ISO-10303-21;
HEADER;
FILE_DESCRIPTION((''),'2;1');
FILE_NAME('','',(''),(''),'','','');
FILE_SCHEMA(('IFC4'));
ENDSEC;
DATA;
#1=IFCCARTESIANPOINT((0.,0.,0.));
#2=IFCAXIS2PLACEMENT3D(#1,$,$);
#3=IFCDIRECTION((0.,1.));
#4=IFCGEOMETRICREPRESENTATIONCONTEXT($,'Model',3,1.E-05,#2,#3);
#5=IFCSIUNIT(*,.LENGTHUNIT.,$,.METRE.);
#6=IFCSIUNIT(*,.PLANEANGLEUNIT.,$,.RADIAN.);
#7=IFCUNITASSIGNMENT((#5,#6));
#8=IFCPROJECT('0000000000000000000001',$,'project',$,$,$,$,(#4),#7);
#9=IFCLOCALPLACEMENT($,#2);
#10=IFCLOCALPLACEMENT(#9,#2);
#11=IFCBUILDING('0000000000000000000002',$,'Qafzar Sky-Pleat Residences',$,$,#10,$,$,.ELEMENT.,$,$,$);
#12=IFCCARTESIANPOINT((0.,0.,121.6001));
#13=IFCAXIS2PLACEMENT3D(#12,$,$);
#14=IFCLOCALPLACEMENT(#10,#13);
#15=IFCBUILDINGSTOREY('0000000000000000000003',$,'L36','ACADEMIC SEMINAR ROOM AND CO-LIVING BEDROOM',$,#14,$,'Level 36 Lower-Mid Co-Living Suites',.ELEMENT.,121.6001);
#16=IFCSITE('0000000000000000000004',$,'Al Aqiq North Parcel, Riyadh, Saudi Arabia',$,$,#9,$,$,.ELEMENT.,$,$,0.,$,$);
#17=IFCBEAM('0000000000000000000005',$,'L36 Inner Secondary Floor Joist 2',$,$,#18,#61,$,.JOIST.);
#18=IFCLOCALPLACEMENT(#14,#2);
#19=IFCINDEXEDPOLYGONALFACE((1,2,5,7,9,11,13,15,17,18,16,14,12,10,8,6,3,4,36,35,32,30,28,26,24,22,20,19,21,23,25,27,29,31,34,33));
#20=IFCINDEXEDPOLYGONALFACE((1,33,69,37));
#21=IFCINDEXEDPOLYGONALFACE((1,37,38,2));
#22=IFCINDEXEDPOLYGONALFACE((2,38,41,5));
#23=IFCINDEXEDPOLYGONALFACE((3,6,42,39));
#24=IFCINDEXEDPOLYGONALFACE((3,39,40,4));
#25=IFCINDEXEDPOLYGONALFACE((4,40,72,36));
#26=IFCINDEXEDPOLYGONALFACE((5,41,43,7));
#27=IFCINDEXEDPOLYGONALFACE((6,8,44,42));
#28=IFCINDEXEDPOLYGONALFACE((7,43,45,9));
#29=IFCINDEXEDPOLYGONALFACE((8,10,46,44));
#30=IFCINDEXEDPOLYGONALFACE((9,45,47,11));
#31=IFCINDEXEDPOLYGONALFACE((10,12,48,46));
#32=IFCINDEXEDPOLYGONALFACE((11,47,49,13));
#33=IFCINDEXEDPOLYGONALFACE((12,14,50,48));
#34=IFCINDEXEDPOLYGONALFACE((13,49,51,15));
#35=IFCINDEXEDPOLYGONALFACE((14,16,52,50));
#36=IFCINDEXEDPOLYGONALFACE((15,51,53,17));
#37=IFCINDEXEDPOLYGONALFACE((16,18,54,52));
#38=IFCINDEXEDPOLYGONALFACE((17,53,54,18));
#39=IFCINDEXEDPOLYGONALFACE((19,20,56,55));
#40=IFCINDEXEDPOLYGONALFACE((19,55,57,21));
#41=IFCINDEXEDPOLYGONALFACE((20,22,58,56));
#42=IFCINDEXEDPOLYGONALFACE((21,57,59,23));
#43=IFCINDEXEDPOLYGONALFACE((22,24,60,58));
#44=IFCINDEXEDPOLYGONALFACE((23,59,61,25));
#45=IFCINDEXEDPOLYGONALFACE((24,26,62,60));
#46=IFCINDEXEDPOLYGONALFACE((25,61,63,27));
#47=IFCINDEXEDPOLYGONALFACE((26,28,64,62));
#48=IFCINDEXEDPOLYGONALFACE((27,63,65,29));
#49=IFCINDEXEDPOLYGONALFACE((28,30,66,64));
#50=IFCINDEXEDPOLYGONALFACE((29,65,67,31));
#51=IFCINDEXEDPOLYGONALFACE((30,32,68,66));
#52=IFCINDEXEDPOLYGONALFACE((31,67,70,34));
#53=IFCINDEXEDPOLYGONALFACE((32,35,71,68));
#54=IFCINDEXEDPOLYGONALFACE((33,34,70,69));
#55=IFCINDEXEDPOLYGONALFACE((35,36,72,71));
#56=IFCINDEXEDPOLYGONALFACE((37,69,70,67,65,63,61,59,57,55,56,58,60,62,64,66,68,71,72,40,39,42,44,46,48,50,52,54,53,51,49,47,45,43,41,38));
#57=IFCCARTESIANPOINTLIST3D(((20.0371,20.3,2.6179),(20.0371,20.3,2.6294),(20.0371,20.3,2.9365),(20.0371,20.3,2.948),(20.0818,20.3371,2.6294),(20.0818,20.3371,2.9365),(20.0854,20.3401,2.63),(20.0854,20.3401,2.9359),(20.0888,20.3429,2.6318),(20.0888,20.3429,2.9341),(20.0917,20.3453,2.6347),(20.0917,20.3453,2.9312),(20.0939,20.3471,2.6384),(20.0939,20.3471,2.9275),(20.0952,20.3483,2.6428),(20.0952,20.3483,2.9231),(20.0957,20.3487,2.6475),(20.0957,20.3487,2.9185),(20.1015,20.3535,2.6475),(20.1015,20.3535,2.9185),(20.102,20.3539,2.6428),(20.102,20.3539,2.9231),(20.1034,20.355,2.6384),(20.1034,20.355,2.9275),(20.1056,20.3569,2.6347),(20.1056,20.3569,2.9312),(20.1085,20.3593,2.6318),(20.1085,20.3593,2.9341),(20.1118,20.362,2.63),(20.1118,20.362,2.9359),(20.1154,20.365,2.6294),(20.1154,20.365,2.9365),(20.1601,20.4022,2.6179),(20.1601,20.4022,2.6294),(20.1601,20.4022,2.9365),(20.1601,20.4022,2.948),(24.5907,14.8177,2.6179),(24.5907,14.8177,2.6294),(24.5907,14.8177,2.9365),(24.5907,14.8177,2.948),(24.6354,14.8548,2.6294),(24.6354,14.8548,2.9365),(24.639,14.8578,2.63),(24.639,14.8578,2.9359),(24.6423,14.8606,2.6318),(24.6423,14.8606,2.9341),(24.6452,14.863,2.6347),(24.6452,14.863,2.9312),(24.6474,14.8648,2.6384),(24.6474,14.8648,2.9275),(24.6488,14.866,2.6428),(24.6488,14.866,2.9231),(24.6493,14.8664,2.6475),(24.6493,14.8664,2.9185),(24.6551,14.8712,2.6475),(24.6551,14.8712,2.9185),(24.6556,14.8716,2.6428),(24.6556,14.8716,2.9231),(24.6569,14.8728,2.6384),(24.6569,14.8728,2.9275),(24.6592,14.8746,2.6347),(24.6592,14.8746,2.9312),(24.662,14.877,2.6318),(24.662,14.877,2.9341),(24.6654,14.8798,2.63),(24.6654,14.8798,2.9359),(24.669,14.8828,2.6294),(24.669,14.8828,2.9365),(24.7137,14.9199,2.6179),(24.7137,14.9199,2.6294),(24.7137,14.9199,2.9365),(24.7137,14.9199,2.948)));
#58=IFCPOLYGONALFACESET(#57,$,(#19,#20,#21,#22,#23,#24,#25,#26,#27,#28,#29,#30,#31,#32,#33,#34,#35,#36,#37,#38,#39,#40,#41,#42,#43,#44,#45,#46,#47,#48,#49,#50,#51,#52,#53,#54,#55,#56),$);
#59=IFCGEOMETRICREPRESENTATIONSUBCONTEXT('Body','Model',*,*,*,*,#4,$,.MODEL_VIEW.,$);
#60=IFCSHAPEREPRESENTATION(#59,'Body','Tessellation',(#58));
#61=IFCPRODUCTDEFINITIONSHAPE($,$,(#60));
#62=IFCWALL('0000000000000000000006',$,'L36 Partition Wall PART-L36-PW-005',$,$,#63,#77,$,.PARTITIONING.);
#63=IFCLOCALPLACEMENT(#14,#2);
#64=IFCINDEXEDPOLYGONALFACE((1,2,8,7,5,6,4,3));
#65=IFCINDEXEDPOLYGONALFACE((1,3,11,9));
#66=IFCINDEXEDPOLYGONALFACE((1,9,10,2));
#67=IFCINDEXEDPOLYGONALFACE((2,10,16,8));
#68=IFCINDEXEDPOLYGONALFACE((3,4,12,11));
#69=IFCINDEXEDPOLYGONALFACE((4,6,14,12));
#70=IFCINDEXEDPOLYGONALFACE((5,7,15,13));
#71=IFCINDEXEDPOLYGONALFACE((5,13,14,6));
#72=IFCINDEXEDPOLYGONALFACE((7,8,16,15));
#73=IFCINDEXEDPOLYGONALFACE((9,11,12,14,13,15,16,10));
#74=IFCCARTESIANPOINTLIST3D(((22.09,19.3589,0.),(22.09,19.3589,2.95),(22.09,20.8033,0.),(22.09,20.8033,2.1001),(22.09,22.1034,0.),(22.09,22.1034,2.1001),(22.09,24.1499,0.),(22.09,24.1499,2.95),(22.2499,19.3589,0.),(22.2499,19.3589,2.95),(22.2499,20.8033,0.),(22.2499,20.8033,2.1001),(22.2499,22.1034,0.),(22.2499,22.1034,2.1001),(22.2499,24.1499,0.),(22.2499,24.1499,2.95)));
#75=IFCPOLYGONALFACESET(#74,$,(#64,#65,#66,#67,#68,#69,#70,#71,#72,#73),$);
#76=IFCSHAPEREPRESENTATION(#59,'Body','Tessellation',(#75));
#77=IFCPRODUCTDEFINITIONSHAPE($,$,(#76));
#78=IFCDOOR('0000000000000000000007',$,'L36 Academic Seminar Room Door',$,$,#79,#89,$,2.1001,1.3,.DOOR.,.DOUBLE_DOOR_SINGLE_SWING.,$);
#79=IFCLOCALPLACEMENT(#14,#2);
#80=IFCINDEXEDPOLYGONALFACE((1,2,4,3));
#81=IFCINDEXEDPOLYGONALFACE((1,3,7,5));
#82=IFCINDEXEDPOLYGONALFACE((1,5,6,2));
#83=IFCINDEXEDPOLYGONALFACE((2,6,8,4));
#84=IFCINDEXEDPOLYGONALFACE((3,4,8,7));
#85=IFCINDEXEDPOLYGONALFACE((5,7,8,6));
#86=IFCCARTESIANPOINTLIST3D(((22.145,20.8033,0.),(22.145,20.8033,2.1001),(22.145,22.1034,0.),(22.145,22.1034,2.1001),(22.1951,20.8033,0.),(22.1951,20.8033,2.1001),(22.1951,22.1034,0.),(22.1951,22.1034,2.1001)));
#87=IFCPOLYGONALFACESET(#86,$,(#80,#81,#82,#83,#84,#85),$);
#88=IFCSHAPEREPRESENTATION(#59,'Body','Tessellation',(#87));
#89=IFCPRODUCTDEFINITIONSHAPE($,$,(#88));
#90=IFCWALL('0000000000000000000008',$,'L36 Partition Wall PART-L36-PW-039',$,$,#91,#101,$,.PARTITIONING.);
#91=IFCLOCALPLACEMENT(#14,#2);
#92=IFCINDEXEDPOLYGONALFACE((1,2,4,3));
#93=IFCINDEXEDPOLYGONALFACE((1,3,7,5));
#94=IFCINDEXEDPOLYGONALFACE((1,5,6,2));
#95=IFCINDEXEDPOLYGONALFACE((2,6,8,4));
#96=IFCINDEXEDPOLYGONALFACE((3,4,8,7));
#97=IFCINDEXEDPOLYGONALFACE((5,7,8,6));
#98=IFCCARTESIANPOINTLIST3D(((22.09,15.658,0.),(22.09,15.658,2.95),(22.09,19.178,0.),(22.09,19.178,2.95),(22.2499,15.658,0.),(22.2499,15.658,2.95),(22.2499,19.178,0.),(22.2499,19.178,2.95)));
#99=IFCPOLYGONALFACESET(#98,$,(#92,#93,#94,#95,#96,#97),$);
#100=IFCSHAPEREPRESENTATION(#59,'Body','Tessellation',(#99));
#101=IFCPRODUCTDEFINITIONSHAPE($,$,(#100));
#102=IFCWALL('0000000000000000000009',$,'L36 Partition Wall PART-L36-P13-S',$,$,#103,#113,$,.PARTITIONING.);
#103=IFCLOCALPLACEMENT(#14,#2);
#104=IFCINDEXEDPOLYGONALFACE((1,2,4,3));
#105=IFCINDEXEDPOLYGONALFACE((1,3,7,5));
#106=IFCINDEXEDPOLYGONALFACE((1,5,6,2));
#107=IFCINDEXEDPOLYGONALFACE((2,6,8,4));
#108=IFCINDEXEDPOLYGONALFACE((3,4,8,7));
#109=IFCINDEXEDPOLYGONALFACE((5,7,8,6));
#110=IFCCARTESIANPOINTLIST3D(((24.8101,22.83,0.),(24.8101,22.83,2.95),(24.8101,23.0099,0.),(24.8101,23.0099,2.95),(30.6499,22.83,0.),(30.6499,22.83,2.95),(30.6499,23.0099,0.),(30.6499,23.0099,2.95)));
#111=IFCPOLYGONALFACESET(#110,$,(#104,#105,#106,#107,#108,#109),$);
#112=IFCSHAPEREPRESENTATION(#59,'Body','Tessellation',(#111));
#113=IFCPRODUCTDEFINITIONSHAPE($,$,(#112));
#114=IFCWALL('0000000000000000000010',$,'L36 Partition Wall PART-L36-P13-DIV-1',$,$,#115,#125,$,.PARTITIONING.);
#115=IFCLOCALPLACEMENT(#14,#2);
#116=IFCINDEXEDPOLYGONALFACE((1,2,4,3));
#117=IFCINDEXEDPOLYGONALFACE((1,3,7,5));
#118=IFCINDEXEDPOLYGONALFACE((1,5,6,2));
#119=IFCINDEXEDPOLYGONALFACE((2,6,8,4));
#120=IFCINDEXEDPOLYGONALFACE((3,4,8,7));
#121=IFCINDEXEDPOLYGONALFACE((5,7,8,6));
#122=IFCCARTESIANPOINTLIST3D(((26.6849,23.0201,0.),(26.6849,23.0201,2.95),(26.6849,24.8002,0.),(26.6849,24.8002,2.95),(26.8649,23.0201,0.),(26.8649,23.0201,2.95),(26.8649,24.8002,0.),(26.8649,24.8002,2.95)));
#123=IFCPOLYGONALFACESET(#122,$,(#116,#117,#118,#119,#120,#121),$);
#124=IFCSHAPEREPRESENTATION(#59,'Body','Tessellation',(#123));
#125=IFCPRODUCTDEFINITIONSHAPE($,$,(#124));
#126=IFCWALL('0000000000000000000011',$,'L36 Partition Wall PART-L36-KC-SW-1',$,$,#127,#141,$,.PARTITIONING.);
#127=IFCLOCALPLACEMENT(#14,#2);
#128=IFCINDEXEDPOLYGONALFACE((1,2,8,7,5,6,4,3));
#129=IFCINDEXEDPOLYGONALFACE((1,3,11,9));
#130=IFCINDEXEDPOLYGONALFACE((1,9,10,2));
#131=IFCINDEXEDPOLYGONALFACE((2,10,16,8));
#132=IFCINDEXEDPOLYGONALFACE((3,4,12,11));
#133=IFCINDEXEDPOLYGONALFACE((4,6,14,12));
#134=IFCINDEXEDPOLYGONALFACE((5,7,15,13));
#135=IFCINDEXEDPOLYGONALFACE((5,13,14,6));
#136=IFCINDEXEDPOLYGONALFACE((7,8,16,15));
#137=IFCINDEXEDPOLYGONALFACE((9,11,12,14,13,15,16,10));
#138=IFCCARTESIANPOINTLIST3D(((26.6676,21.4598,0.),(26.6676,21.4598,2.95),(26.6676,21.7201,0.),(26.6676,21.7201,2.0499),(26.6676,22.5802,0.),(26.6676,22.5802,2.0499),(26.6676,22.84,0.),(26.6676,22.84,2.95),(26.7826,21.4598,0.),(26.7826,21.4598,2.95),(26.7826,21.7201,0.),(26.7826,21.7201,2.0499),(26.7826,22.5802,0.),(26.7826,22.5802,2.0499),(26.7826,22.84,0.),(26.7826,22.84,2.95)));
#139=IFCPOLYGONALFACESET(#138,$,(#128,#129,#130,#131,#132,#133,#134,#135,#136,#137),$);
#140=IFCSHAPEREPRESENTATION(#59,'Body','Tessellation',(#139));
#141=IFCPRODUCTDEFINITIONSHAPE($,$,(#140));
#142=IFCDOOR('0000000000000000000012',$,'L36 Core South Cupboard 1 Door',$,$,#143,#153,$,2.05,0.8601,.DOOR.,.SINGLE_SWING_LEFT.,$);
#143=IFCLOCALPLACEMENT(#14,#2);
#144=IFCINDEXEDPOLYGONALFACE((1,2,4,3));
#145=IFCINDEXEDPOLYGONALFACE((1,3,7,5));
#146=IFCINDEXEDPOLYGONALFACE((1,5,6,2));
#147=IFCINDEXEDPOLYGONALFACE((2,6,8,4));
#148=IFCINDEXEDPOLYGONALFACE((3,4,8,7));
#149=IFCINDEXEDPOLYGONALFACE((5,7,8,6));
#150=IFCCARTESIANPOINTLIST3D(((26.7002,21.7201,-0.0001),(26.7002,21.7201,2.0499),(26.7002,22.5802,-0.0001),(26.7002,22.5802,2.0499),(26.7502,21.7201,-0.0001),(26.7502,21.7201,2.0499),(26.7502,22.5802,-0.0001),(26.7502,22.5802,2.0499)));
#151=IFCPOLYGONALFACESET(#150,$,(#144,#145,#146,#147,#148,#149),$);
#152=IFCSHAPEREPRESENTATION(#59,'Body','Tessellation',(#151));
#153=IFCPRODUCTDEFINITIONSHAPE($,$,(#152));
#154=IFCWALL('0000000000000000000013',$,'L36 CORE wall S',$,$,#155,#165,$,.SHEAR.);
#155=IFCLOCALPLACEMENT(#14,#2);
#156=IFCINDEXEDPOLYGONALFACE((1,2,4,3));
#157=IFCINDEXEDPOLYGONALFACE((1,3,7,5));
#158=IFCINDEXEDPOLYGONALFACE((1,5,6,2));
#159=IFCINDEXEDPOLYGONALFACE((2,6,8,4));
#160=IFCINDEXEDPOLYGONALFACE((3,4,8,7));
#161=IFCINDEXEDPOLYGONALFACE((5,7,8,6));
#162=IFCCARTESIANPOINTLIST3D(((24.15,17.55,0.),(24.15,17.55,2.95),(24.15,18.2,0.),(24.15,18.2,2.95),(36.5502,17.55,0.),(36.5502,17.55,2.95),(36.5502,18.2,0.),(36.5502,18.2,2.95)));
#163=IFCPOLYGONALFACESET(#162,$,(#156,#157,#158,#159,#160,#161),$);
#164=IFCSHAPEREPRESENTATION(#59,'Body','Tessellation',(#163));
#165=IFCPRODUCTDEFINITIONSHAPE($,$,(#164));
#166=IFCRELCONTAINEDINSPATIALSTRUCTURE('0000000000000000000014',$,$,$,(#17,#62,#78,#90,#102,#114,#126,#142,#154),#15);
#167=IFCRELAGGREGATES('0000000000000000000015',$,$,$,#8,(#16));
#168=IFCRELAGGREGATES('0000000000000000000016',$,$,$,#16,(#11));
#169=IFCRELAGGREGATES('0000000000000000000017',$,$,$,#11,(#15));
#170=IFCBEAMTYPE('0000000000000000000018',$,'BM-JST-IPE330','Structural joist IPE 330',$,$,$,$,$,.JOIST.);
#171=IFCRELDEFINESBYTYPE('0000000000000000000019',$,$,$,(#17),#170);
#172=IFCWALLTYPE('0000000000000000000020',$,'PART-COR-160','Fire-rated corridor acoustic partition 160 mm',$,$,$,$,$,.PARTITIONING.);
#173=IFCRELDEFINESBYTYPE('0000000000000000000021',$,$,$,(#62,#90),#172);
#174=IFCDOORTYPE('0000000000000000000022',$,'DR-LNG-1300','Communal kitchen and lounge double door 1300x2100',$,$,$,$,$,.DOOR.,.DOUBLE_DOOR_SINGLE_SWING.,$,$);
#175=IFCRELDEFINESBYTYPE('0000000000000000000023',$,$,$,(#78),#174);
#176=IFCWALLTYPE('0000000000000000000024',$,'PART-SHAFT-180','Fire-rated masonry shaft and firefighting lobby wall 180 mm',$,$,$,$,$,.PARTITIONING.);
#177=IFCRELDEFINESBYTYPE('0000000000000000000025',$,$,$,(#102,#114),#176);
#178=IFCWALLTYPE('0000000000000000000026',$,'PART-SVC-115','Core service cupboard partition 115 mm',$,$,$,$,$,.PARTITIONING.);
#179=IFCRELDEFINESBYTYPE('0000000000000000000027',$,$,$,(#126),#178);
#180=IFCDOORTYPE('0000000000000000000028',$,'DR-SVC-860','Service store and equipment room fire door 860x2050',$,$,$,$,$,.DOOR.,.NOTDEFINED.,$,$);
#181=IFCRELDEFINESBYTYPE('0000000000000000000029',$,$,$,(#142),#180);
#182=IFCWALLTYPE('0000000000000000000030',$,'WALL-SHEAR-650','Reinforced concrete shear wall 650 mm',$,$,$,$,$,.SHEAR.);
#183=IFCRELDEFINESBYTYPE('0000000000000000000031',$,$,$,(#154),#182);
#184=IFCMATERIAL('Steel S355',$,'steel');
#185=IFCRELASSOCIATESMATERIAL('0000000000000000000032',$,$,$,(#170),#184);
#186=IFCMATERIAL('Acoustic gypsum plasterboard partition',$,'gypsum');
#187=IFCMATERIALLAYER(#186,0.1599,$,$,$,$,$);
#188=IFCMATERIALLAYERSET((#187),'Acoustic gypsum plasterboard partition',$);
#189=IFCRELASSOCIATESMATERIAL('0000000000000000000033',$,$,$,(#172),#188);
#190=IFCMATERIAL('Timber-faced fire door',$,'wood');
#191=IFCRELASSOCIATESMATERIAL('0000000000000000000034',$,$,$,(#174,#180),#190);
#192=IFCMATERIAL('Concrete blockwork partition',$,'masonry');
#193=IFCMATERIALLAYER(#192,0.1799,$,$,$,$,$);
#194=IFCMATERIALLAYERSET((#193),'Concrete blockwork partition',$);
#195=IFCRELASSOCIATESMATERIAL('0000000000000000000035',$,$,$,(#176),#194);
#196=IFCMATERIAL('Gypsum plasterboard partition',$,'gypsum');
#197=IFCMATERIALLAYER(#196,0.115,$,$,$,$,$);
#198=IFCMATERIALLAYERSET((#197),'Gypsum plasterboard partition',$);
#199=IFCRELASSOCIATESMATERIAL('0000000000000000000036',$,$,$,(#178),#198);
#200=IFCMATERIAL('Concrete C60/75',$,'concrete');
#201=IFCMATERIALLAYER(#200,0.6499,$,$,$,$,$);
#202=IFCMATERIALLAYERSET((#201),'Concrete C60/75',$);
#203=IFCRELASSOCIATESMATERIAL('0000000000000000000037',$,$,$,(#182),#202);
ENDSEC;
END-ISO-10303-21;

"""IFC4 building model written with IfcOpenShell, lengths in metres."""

from ifc_helpers import new_model, si_unit, direction, frame, frame_2d, origin, origin_2d, place, context, subcontext, project, spatial, rectangle, i_section, extrude, source, transform, mapped, material, layer, layer_set, material_profile, profile_set, type_object, element, fill, save


model = new_model("IFC4")

# Units and contexts
model_context = context("Model", 3, precision=1e-05, world=origin(), true_north=direction((0.0, 1.0)))
body_context = subcontext(model_context, "Body", "Model", "MODEL_VIEW")
ifc_project = project(units=[si_unit("LENGTHUNIT", "METRE"), si_unit("PLANEANGLEUNIT", "RADIAN")], contexts=[model_context])

# Site, building, storey
site_placement = place(None, origin())
site = spatial("IfcSite", under=ifc_project, at=site_placement, Name="Al Aqiq North Parcel, Riyadh, Saudi Arabia", CompositionType="ELEMENT", RefElevation=0.0)
building_placement = place(site_placement, origin())
building = spatial("IfcBuilding", under=site, at=building_placement, Name="Qafzar Sky-Pleat Residences", CompositionType="ELEMENT")
storey_placement = place(building_placement, frame((0.0, 0.0, 121.6001)))
storey = spatial("IfcBuildingStorey", under=building, at=storey_placement, Name="L36", Description="ACADEMIC SEMINAR ROOM AND CO-LIVING BEDROOM", LongName="Level 36 Lower-Mid Co-Living Suites", CompositionType="ELEMENT", Elevation=121.6001)

# Beam
ifc_material_1 = material(Name="Steel S355", Category="steel")
ifc_material_profile = material_profile(ifc_material_1, i_section(OverallWidth=0.1599, OverallDepth=0.3301, WebThickness=0.0076, FlangeThickness=0.0115, FilletRadius=0.0181, at=origin_2d()), Name="IPE 330")
ifc_profile_set = profile_set([ifc_material_profile], Name="Steel S355")
beam_type = type_object("IfcBeamType", Name="BM-JST-IPE330", Description="Structural joist IPE 330", PredefinedType="JOIST", material=ifc_profile_set)
shared_shape_1 = source(origin(), body_context, "Body", "SweptSolid", [
    extrude(i_section(OverallWidth=0.1599, OverallDepth=0.3301, WebThickness=0.0076, FlangeThickness=0.0115, FilletRadius=0.0181, at=origin_2d()), origin(), (0.0, 0.0, 1.0), 7.1267),
])
beam_placement = place(storey_placement, frame((20.0986, 20.3511, 2.783), z_axis=(0.63894, -0.769256, 0.0), x_axis=(0.769256, 0.63894, 0.0)))
element("IfcBeam", 1, at=beam_placement, inside=storey, type_object=beam_type, Name="L36 Inner Secondary Floor Joist 2", PredefinedType="JOIST", context=body_context, shape_type="MappedRepresentation", body=[
    mapped(shared_shape_1, transform((0.0, 0.0, 0.0), x_axis=(1.0, 0.0, 0.0), y_axis=(0.0, 1.0, 0.0), z_axis=(0.0, 0.0, 1.0), scale=1.0)),
])

# Wall, opening, door
ifc_material_2 = material(Name="Acoustic gypsum plasterboard partition", Category="gypsum")
ifc_layer_1 = layer(ifc_material_2, 0.1599)
ifc_layer_set_1 = layer_set([ifc_layer_1], Name="Acoustic gypsum plasterboard partition")
wall_type_1 = type_object("IfcWallType", Name="PART-COR-160", Description="Fire-rated corridor acoustic partition 160 mm", PredefinedType="PARTITIONING", material=ifc_layer_set_1)
wall_1_placement = place(storey_placement, frame((22.1699, 19.3589, 0.0), z_axis=(0.0, 0.0, 1.0), x_axis=(0.0, 1.0, 0.0)))
wall_1 = element("IfcWall", 2, at=wall_1_placement, inside=storey, type_object=wall_type_1, Name="L36 Partition Wall PART-L36-PW-005", PredefinedType="PARTITIONING", context=body_context, shape_type="SweptSolid", body=[
    extrude(rectangle(XDim=4.791, YDim=0.1599, at=frame_2d((2.3955, 0.0))), origin(), (0.0, 0.0, 1.0), 2.95),
])
opening_1_placement = place(wall_1_placement, frame((1.4446, 0.0, 0.0)))
opening_1 = element("IfcOpeningElement", 3, at=opening_1_placement, cuts=wall_1, PredefinedType="OPENING", context=body_context, shape_type="SweptSolid", body=[
    extrude(rectangle(XDim=1.3, YDim=2.1001, at=frame_2d((0.6499, 1.05))), frame((0.0, 0.0898, 0.0), z_axis=(0.0, -1.0, 0.0), x_axis=(1.0, 0.0, 0.0)), (0.0, 0.0, 1.0), 0.1799),
])
ifc_material_3 = material(Name="Timber-faced fire door", Category="wood")
door_type_1 = type_object("IfcDoorType", Name="DR-LNG-1300", Description="Communal kitchen and lounge double door 1300x2100", OperationType="DOUBLE_DOOR_SINGLE_SWING", PredefinedType="DOOR", material=ifc_material_3)
shared_shape_2 = source(origin(), body_context, "Body", "SweptSolid", [
    extrude(rectangle(XDim=1.3, YDim=2.1001, at=frame_2d((0.6499, 1.05))), frame((0.0, 0.0249, 0.0), z_axis=(0.0, -1.0, 0.0), x_axis=(1.0, 0.0, 0.0)), (0.0, 0.0, 1.0), 0.05),
])
door_1_placement = place(opening_1_placement, origin())
door_1 = element("IfcDoor", 4, at=door_1_placement, inside=storey, type_object=door_type_1, Name="L36 Academic Seminar Room Door", OperationType="DOUBLE_DOOR_SINGLE_SWING", OverallHeight=2.1001, OverallWidth=1.3, PredefinedType="DOOR", context=body_context, shape_type="MappedRepresentation", body=[
    mapped(shared_shape_2, transform((0.0, 0.0, 0.0), x_axis=(1.0, 0.0, 0.0), y_axis=(0.0, 1.0, 0.0), z_axis=(0.0, 0.0, 1.0), scale=1.0)),
])
fill(opening_1, door_1)

# Walls
wall_2_placement = place(storey_placement, frame((22.1699, 15.658, 0.0), z_axis=(0.0, 0.0, 1.0), x_axis=(0.0, 1.0, 0.0)))
element("IfcWall", 5, at=wall_2_placement, inside=storey, type_object=wall_type_1, Name="L36 Partition Wall PART-L36-PW-039", PredefinedType="PARTITIONING", context=body_context, shape_type="SweptSolid", body=[
    extrude(rectangle(XDim=3.52, YDim=0.1599, at=frame_2d((1.76, 0.0))), origin(), (0.0, 0.0, 1.0), 2.95),
])
ifc_material_4 = material(Name="Concrete blockwork partition", Category="masonry")
ifc_layer_2 = layer(ifc_material_4, 0.1799)
ifc_layer_set_2 = layer_set([ifc_layer_2], Name="Concrete blockwork partition")
wall_type_2 = type_object("IfcWallType", Name="PART-SHAFT-180", Description="Fire-rated masonry shaft and firefighting lobby wall 180 mm", PredefinedType="PARTITIONING", material=ifc_layer_set_2)
wall_3_placement = place(storey_placement, frame((24.8101, 22.9199, 0.0), z_axis=(0.0, 0.0, 1.0), x_axis=(1.0, 0.0, 0.0)))
element("IfcWall", 6, at=wall_3_placement, inside=storey, type_object=wall_type_2, Name="L36 Partition Wall PART-L36-P13-S", PredefinedType="PARTITIONING", context=body_context, shape_type="SweptSolid", body=[
    extrude(rectangle(XDim=5.8398, YDim=0.1799, at=frame_2d((2.9199, 0.0))), origin(), (0.0, 0.0, 1.0), 2.95),
])

# Wall
wall_4_placement = place(storey_placement, frame((26.7749, 23.02, 0.0), z_axis=(0.0, 0.0, 1.0), x_axis=(0.0, 1.0, 0.0)))
element("IfcWall", 7, at=wall_4_placement, inside=storey, type_object=wall_type_2, Name="L36 Partition Wall PART-L36-P13-DIV-1", PredefinedType="PARTITIONING", context=body_context, shape_type="SweptSolid", body=[
    extrude(rectangle(XDim=1.78, YDim=0.1799, at=frame_2d((0.8901, 0.0))), origin(), (0.0, 0.0, 1.0), 2.95),
])

# Wall, opening, door
ifc_material_5 = material(Name="Gypsum plasterboard partition", Category="gypsum")
ifc_layer_3 = layer(ifc_material_5, 0.115)
ifc_layer_set_3 = layer_set([ifc_layer_3], Name="Gypsum plasterboard partition")
wall_type_3 = type_object("IfcWallType", Name="PART-SVC-115", Description="Core service cupboard partition 115 mm", PredefinedType="PARTITIONING", material=ifc_layer_set_3)
wall_5_placement = place(storey_placement, frame((26.7251, 21.46, 0.0), z_axis=(0.0, 0.0, 1.0), x_axis=(0.0, 1.0, 0.0)))
wall_5 = element("IfcWall", 8, at=wall_5_placement, inside=storey, type_object=wall_type_3, Name="L36 Partition Wall PART-L36-KC-SW-1", PredefinedType="PARTITIONING", context=body_context, shape_type="SweptSolid", body=[
    extrude(rectangle(XDim=1.3801, YDim=0.115, at=frame_2d((0.6899, 0.0))), origin(), (0.0, 0.0, 1.0), 2.95),
])
opening_2_placement = place(wall_5_placement, frame((0.26, 0.0, 0.0)))
opening_2 = element("IfcOpeningElement", 9, at=opening_2_placement, cuts=wall_5, PredefinedType="OPENING", context=body_context, shape_type="SweptSolid", body=[
    extrude(rectangle(XDim=0.8601, YDim=2.05, at=frame_2d((0.4302, 1.0249))), frame((0.0, 0.0674, 0.0), z_axis=(0.0, -1.0, 0.0), x_axis=(1.0, 0.0, 0.0)), (0.0, 0.0, 1.0), 0.135),
])
door_type_2 = type_object("IfcDoorType", Name="DR-SVC-860", Description="Service store and equipment room fire door 860x2050", OperationType="NOTDEFINED", PredefinedType="DOOR", material=ifc_material_3)
shared_shape_3 = source(origin(), body_context, "Body", "SweptSolid", [
    extrude(rectangle(XDim=0.8601, YDim=2.05, at=frame_2d((0.4302, 1.0249))), frame((0.0, 0.0249, 0.0), z_axis=(0.0, -1.0, 0.0), x_axis=(1.0, 0.0, 0.0)), (0.0, 0.0, 1.0), 0.05),
])
door_2_placement = place(opening_2_placement, origin())
door_2 = element("IfcDoor", 10, at=door_2_placement, inside=storey, type_object=door_type_2, Name="L36 Core South Cupboard 1 Door", OperationType="SINGLE_SWING_LEFT", OverallHeight=2.05, OverallWidth=0.8601, PredefinedType="DOOR", context=body_context, shape_type="MappedRepresentation", body=[
    mapped(shared_shape_3, transform((0.0, 0.0, 0.0), x_axis=(1.0, 0.0, 0.0), y_axis=(0.0, 1.0, 0.0), z_axis=(0.0, 0.0, 1.0), scale=1.0)),
])
fill(opening_2, door_2)

# Shared definitions
ifc_material_6 = material(Name="Concrete C60/75", Category="concrete")

# Wall
ifc_layer_4 = layer(ifc_material_6, 0.6499)
ifc_layer_set_4 = layer_set([ifc_layer_4], Name="Concrete C60/75")
wall_type_4 = type_object("IfcWallType", Name="WALL-SHEAR-650", Description="Reinforced concrete shear wall 650 mm", PredefinedType="SHEAR", material=ifc_layer_set_4)
wall_6_placement = place(storey_placement, frame((24.1499, 17.875, 0.0), z_axis=(0.0, 0.0, 1.0), x_axis=(1.0, 0.0, 0.0)))
element("IfcWall", 11, at=wall_6_placement, inside=storey, type_object=wall_type_4, Name="L36 CORE wall S", PredefinedType="SHEAR", context=body_context, shape_type="SweptSolid", body=[
    extrude(rectangle(XDim=12.4001, YDim=0.6499, at=frame_2d((6.2002, 0.0))), origin(), (0.0, 0.0, 1.0), 2.95),
])

save(model, "model.ifc")
